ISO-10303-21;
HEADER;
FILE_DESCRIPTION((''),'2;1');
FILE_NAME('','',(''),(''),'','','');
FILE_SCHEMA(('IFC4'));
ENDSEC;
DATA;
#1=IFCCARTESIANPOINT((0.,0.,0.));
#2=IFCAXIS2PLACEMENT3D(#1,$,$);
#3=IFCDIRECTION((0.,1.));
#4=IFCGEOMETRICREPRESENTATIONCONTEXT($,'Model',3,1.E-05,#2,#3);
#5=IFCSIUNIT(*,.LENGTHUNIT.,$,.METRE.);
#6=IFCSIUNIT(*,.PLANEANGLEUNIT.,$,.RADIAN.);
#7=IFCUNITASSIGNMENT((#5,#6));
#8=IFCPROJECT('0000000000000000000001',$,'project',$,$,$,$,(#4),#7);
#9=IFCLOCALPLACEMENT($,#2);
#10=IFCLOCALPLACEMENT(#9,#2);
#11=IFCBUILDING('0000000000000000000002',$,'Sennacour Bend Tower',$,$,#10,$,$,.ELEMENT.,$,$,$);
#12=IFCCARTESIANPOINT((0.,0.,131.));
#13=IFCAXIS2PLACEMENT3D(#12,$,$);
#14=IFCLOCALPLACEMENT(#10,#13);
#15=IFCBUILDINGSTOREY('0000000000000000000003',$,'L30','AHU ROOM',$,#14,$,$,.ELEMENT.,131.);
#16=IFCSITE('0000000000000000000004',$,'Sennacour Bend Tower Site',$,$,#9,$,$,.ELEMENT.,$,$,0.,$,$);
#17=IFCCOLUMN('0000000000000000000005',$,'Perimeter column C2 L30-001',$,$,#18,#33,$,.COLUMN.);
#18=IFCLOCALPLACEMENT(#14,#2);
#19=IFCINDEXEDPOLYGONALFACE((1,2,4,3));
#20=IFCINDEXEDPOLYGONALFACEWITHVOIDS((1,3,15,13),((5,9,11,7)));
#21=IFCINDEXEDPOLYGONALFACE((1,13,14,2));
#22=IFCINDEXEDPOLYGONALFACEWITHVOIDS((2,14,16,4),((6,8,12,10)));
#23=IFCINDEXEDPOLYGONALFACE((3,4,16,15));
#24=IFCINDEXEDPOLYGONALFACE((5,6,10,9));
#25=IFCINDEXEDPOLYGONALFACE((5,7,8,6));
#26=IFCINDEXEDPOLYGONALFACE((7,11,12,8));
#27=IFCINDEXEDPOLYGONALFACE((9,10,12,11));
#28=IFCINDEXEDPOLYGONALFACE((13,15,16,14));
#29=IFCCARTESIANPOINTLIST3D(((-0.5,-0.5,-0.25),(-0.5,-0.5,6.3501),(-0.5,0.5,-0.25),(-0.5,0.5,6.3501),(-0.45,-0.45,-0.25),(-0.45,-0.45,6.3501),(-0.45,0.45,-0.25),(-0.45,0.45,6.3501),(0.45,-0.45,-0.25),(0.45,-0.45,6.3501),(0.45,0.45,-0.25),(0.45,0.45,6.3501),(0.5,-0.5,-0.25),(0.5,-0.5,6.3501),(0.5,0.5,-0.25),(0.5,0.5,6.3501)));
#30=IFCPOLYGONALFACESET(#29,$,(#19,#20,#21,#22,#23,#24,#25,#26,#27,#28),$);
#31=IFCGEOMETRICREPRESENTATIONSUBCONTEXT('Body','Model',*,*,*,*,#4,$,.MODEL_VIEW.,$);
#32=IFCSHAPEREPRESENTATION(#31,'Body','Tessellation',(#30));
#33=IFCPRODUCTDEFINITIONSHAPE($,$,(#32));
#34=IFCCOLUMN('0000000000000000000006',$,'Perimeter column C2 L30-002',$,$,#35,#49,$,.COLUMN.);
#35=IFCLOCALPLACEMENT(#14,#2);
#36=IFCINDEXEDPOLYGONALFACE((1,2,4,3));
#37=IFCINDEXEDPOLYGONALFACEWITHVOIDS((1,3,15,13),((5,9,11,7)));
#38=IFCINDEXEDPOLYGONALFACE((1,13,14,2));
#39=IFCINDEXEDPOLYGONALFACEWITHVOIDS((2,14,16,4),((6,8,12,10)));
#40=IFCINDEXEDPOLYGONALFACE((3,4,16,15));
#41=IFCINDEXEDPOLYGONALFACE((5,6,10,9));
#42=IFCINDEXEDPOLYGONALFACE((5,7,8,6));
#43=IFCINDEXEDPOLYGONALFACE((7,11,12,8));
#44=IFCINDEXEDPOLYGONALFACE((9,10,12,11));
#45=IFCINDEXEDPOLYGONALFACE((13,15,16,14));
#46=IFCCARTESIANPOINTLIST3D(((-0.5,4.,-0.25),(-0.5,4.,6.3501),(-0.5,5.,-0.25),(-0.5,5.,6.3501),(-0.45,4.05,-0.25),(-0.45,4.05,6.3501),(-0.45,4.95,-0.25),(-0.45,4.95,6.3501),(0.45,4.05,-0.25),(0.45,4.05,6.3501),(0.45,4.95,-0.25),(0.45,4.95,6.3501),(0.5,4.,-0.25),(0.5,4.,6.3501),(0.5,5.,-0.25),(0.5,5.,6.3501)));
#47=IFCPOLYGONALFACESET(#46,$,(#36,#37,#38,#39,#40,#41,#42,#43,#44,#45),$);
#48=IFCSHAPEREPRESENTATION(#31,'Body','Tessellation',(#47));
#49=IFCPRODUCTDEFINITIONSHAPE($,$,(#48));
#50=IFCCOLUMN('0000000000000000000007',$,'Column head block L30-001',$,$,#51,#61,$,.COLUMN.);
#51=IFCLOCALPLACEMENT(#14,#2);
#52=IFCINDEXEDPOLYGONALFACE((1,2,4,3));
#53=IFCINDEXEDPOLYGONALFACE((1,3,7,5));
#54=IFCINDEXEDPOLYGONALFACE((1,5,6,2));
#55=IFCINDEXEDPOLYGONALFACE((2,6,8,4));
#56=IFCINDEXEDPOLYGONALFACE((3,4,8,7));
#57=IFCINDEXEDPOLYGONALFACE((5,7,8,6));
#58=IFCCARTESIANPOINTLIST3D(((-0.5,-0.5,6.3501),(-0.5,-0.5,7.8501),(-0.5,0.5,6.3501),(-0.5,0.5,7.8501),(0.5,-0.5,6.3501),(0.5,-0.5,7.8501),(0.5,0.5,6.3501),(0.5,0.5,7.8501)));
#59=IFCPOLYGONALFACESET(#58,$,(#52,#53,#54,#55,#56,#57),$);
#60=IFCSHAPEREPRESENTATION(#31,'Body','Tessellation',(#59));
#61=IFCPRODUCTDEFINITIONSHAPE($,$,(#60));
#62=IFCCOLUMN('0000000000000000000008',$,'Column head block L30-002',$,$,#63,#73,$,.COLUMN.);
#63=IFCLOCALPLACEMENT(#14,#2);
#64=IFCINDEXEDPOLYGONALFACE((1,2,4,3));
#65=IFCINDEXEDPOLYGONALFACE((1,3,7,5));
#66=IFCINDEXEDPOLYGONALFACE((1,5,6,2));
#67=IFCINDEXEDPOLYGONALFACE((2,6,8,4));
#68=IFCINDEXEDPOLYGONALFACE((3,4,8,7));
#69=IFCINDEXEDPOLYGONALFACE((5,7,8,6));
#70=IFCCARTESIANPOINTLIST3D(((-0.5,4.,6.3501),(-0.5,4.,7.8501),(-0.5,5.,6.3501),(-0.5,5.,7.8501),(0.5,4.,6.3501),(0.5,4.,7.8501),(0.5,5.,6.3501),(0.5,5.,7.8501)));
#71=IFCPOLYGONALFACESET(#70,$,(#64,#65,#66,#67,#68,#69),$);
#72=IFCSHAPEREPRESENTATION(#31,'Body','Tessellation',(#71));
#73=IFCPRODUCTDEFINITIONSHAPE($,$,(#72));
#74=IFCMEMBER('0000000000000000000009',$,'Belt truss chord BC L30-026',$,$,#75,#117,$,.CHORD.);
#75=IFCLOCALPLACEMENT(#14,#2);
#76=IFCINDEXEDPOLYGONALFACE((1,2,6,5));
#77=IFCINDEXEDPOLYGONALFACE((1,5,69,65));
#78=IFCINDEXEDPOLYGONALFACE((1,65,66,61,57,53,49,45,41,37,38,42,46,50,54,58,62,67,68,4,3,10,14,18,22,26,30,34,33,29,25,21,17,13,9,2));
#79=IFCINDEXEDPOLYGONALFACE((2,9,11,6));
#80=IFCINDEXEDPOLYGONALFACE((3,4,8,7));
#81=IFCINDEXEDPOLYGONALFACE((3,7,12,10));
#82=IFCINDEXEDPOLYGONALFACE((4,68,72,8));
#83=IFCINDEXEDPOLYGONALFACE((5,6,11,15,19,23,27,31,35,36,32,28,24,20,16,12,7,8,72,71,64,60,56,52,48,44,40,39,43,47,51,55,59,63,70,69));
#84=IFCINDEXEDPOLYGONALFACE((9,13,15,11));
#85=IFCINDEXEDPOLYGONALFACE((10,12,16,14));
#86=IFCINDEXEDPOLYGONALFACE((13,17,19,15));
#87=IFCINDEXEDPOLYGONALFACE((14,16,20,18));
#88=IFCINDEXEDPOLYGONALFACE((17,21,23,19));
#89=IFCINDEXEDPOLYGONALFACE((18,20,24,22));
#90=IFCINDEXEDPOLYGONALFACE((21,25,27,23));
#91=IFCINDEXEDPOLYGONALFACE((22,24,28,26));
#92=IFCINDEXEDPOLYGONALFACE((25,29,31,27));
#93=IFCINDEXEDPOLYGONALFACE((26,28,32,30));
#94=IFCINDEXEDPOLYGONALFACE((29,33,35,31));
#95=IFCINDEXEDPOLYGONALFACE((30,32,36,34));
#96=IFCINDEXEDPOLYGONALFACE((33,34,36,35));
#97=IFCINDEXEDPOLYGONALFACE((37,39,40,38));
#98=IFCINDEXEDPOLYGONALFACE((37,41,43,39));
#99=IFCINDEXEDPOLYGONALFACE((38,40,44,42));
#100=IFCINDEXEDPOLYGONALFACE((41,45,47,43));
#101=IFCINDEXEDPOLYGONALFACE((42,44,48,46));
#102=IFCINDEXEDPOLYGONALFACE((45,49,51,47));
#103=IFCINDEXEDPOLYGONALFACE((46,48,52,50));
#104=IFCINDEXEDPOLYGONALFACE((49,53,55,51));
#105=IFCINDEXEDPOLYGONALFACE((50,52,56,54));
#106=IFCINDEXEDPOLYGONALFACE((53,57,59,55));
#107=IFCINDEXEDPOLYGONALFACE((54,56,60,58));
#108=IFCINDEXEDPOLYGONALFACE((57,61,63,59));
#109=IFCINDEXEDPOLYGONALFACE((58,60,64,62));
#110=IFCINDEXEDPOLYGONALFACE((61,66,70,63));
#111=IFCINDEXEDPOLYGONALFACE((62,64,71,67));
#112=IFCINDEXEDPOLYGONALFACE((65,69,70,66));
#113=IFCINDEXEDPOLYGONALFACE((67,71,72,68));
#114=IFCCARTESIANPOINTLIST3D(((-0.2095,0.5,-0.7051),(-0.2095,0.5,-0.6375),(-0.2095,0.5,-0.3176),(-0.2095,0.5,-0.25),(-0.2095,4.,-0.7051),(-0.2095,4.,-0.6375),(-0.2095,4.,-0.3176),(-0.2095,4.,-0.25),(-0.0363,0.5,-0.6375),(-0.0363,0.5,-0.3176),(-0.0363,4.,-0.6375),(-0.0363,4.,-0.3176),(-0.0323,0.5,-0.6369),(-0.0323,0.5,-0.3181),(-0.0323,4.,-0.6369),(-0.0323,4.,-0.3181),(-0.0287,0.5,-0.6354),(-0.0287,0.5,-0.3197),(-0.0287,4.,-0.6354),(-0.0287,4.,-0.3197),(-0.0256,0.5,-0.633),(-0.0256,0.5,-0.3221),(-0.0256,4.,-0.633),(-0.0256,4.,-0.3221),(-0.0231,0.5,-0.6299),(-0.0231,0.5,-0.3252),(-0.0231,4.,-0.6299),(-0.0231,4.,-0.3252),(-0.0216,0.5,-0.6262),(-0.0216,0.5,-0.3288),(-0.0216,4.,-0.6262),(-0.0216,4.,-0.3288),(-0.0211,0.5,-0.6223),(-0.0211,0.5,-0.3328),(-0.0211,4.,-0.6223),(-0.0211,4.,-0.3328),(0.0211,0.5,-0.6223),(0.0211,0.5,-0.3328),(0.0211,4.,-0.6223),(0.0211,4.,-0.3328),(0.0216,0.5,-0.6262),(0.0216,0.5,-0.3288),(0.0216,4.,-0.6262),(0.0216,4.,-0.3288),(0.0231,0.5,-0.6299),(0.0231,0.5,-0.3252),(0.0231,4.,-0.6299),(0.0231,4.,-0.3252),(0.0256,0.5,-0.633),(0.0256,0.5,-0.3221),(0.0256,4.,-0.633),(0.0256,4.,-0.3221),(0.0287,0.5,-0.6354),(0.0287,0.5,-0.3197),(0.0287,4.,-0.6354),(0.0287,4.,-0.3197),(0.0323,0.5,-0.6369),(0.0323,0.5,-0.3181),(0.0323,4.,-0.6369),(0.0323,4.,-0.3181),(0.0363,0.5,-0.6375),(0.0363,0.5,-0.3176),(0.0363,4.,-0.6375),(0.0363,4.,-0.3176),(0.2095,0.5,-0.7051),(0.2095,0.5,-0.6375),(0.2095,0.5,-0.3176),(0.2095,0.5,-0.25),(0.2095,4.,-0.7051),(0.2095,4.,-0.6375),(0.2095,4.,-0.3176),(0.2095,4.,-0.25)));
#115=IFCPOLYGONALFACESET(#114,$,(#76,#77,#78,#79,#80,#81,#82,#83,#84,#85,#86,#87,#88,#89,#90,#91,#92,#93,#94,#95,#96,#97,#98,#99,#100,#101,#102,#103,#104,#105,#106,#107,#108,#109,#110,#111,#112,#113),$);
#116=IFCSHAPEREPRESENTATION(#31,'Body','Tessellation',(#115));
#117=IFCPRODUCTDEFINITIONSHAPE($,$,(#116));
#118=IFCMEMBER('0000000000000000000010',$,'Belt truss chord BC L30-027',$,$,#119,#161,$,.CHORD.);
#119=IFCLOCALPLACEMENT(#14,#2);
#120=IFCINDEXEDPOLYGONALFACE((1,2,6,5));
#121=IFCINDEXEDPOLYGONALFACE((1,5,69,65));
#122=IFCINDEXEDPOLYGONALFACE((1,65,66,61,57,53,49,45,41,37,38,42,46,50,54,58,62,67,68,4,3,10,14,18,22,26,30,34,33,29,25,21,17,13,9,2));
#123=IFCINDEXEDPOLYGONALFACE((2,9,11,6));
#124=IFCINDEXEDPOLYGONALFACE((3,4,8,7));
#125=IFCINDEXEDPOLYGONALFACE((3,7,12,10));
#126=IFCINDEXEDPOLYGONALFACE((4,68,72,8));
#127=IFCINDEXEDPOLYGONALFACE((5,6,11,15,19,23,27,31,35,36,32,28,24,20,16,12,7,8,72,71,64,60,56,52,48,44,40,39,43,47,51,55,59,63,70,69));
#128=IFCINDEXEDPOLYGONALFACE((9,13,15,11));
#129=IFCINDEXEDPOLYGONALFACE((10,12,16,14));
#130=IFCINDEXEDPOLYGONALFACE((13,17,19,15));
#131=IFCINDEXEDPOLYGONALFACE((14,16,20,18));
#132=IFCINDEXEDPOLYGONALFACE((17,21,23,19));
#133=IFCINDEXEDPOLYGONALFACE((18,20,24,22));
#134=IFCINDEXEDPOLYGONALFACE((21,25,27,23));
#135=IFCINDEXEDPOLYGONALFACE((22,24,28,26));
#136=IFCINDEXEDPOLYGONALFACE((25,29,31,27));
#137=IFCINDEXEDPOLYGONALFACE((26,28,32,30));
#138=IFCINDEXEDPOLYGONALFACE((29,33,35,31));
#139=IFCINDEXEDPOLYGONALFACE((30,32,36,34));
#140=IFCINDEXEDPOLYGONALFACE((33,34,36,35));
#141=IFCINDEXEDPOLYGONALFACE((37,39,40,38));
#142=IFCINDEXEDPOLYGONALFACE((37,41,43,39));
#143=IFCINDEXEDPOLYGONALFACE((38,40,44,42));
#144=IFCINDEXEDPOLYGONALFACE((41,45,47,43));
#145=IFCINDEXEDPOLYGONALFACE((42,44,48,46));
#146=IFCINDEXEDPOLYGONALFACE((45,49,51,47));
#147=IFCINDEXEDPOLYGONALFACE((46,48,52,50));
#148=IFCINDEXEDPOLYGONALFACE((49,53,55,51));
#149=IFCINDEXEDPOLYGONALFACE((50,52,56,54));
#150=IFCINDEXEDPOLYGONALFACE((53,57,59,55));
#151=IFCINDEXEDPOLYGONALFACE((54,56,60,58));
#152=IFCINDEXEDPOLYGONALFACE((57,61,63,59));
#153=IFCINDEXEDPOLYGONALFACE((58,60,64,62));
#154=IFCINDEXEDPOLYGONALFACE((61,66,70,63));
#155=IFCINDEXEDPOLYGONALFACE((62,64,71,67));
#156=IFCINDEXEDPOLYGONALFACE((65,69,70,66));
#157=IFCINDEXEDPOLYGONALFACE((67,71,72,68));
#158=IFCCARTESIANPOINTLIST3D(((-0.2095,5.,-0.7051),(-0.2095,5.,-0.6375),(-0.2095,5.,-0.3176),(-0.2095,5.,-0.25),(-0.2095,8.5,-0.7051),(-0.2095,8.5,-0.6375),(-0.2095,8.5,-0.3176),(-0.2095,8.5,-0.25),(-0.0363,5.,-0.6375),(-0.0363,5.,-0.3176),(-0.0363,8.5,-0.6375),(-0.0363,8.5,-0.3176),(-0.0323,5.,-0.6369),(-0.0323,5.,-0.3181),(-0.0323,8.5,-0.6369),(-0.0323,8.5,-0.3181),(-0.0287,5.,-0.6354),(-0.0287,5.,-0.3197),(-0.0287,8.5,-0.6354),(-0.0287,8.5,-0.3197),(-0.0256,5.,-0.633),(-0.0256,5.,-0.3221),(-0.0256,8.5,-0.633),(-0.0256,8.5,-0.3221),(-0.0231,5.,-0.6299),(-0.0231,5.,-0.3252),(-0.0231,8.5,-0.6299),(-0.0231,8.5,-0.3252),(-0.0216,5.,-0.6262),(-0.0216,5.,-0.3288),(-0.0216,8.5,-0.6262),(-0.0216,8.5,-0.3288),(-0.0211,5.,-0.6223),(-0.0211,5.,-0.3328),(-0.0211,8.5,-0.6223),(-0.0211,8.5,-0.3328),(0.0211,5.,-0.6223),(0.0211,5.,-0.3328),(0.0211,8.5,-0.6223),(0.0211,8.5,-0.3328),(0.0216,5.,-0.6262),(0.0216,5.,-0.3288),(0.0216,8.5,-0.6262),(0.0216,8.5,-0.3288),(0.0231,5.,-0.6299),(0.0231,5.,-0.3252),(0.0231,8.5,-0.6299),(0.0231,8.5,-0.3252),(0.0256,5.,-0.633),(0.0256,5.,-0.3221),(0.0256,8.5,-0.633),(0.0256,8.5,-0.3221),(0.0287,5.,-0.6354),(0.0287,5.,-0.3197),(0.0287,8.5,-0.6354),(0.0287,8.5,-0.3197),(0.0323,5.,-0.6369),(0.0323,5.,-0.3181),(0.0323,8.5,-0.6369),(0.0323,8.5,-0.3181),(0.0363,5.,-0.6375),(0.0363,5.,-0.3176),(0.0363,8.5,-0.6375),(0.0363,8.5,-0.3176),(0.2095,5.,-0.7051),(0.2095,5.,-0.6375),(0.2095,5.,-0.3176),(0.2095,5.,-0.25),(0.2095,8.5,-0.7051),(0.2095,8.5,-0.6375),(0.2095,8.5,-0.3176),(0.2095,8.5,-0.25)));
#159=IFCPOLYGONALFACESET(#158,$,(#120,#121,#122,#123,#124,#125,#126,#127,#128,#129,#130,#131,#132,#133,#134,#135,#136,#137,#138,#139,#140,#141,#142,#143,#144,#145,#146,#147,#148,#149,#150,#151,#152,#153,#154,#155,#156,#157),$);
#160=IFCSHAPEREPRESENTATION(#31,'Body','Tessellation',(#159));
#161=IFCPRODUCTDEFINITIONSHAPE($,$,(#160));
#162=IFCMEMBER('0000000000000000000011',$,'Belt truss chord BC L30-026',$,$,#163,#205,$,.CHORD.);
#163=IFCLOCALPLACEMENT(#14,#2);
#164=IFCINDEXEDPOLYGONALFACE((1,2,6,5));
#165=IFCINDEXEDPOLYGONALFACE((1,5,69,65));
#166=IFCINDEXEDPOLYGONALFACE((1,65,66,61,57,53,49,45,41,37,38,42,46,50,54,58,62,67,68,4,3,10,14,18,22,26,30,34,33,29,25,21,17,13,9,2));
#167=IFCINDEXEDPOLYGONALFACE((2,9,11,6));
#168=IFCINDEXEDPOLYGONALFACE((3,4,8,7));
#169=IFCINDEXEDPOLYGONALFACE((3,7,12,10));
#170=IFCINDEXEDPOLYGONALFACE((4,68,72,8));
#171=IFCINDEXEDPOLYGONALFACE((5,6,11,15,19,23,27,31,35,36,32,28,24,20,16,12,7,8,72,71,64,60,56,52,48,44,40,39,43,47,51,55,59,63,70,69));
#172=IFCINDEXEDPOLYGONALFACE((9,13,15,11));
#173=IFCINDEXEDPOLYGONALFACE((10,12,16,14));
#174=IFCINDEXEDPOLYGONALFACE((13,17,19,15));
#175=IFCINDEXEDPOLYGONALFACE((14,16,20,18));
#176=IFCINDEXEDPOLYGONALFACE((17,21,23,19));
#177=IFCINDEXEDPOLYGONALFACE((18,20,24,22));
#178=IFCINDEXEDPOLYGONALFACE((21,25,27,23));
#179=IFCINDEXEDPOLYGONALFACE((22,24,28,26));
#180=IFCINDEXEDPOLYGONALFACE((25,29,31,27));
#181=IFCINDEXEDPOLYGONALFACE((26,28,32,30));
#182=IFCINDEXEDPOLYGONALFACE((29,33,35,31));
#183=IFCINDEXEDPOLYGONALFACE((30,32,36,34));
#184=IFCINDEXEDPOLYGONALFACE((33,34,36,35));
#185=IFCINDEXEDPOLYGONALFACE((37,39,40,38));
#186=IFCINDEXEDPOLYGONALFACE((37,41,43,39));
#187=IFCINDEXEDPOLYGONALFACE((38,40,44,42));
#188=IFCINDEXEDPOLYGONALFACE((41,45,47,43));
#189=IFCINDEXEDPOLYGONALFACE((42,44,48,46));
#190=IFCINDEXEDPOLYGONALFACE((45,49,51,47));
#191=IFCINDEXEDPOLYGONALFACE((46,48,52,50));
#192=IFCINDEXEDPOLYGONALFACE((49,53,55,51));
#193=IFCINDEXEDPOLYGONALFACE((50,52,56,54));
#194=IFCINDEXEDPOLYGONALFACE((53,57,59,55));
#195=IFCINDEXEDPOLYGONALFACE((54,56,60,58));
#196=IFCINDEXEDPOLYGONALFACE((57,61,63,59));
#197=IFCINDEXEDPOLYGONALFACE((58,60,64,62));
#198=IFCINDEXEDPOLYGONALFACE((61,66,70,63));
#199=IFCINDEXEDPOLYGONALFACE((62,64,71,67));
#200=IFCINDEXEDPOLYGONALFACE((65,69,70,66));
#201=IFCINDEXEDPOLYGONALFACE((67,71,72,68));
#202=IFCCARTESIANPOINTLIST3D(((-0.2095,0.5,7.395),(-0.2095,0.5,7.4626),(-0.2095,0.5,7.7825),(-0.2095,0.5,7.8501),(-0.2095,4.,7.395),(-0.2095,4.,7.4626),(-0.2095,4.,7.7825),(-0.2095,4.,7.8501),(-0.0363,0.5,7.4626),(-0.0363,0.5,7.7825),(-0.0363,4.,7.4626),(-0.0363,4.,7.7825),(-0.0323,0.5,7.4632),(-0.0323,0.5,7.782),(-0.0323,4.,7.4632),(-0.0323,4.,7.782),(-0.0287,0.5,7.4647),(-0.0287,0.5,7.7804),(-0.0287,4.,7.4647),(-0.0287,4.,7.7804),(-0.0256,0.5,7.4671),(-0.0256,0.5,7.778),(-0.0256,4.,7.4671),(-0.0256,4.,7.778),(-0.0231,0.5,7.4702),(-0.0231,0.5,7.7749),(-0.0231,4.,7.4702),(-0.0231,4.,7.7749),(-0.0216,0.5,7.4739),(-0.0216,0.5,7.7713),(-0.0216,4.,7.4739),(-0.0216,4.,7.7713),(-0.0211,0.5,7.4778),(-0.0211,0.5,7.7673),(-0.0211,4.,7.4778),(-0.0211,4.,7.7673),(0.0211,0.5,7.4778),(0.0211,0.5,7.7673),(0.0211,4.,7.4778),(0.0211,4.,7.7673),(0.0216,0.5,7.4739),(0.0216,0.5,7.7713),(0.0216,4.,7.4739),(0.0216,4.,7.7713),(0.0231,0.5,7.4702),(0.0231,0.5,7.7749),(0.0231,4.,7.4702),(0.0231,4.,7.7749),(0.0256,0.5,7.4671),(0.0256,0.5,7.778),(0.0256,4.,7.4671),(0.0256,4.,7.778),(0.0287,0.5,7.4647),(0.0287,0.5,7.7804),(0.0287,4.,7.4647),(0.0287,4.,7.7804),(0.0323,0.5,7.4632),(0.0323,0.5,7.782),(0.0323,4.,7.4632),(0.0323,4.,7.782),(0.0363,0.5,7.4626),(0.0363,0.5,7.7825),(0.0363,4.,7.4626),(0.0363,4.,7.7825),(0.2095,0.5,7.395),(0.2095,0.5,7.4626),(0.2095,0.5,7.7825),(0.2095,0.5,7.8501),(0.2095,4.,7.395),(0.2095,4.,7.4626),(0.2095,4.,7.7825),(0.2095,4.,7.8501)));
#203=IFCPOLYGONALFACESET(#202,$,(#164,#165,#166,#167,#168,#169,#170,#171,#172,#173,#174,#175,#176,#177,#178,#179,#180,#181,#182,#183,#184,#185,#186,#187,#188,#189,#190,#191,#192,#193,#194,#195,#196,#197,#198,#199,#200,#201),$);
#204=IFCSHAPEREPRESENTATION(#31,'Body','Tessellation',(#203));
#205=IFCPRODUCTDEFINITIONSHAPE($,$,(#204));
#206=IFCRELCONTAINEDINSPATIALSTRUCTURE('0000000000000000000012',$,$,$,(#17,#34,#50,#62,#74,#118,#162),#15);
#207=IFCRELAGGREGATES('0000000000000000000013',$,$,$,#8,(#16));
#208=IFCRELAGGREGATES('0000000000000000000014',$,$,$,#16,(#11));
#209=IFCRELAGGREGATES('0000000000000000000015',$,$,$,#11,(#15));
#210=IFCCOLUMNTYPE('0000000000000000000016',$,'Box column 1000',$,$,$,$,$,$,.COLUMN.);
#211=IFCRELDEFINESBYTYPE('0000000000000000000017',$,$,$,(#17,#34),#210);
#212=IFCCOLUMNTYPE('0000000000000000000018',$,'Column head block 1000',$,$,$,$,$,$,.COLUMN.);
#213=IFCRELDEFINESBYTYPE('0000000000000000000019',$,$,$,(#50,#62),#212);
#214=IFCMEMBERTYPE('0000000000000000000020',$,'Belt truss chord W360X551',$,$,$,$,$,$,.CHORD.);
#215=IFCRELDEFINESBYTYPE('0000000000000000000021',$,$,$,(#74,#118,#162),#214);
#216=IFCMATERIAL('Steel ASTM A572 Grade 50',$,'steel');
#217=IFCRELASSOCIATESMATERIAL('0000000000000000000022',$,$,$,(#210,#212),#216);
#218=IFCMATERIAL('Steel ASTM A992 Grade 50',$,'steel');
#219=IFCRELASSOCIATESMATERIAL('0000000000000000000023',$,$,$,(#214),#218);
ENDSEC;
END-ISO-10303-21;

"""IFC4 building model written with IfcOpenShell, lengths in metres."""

from ifc_helpers import new_model, si_unit, direction, frame, origin, origin_2d, place, context, subcontext, project, spatial, rectangle, hollow_rectangle, i_section, extrude, material, material_profile, profile_set, type_object, element, save


model = new_model("IFC4")

# Units and contexts
model_context = context("Model", 3, precision=1e-05, world=origin(), true_north=direction((0.0, 1.0)))
body_context = subcontext(model_context, "Body", "Model", "MODEL_VIEW")
ifc_project = project(units=[si_unit("LENGTHUNIT", "METRE"), si_unit("PLANEANGLEUNIT", "RADIAN")], contexts=[model_context])

# Site, building, storey
site_placement = place(None, origin())
site = spatial("IfcSite", under=ifc_project, at=site_placement, Name="Sennacour Bend Tower Site", CompositionType="ELEMENT", RefElevation=0.0)
building_placement = place(site_placement, origin())
building = spatial("IfcBuilding", under=site, at=building_placement, Name="Sennacour Bend Tower", CompositionType="ELEMENT")
storey_placement = place(building_placement, frame((0.0, 0.0, 131.0)))
storey = spatial("IfcBuildingStorey", under=building, at=storey_placement, Name="L30", Description="AHU ROOM", CompositionType="ELEMENT", Elevation=131.0)

# Columns
ifc_material_1 = material(Name="Steel ASTM A572 Grade 50", Category="steel")
ifc_material_profile_1 = material_profile(ifc_material_1, hollow_rectangle(XDim=1.0, YDim=1.0, WallThickness=0.05, at=origin_2d()), Name="Steel ASTM A572 Grade 50", Category="steel")
ifc_profile_set_1 = profile_set([ifc_material_profile_1], Name="Steel ASTM A572 Grade 50")
column_type_1 = type_object("IfcColumnType", Name="Box column 1000", PredefinedType="COLUMN", material=ifc_profile_set_1)
for number, where, z_axis, x_axis, name in (
    (1, (0.0, 0.0, -0.25), (0.0, 0.0, 1.0), (1.0, 0.0, 0.0), "Perimeter column C2 L30-001"),
    (2, (0.0, 4.5, -0.25), (0.0, 0.0, 1.0), (1.0, 0.0, 0.0), "Perimeter column C2 L30-002"),
):
    element("IfcColumn", number, at=place(storey_placement, frame(where, z_axis=z_axis, x_axis=x_axis)), inside=storey, type_object=column_type_1, Name=name, PredefinedType="COLUMN", context=body_context, shape_type="SweptSolid", body=[
        extrude(hollow_rectangle(XDim=1.0, YDim=1.0, WallThickness=0.05, at=origin_2d()), origin(), (0.0, 0.0, 1.0), 6.6001),
    ])
ifc_material_profile_2 = material_profile(ifc_material_1, rectangle(XDim=1.0, YDim=1.0, at=origin_2d()), Name="Steel ASTM A572 Grade 50", Category="steel")
ifc_profile_set_2 = profile_set([ifc_material_profile_2], Name="Steel ASTM A572 Grade 50")
column_type_2 = type_object("IfcColumnType", Name="Column head block 1000", PredefinedType="COLUMN", material=ifc_profile_set_2)
for number, where, z_axis, x_axis, name in (
    (3, (0.0, 0.0, 6.3501), (0.0, 0.0, 1.0), (1.0, 0.0, 0.0), "Column head block L30-001"),
    (4, (0.0, 4.5, 6.3501), (0.0, 0.0, 1.0), (1.0, 0.0, 0.0), "Column head block L30-002"),
):
    element("IfcColumn", number, at=place(storey_placement, frame(where, z_axis=z_axis, x_axis=x_axis)), inside=storey, type_object=column_type_2, Name=name, PredefinedType="COLUMN", context=body_context, shape_type="SweptSolid", body=[
        extrude(rectangle(XDim=1.0, YDim=1.0, at=origin_2d()), origin(), (0.0, 0.0, 1.0), 1.5),
    ])

# Members
ifc_material_2 = material(Name="Steel ASTM A992 Grade 50", Category="steel")
ifc_material_profile_3 = material_profile(ifc_material_2, i_section(OverallWidth=0.4189, OverallDepth=0.4551, WebThickness=0.0422, FlangeThickness=0.0676, FilletRadius=0.0151, at=origin_2d()), Name="Steel ASTM A992 Grade 50", Category="steel")
ifc_profile_set_3 = profile_set([ifc_material_profile_3], Name="Steel ASTM A992 Grade 50")
member_type_1 = type_object("IfcMemberType", Name="Belt truss chord W360X551", PredefinedType="CHORD", material=ifc_profile_set_3)
for number, where, z_axis, x_axis, name in (
    (5, (0.0, 0.5, -0.4775), (0.0, 1.0, 0.0), (-1.0, 0.0, 0.0), "Belt truss chord BC L30-026"),
    (6, (0.0, 5.0, -0.4775), (0.0, 1.0, 0.0), (-1.0, 0.0, 0.0), "Belt truss chord BC L30-027"),
    (7, (0.0, 0.5, 7.6226), (0.0, 1.0, 0.0), (-1.0, 0.0, 0.0), "Belt truss chord BC L30-026"),
):
    element("IfcMember", number, at=place(storey_placement, frame(where, z_axis=z_axis, x_axis=x_axis)), inside=storey, type_object=member_type_1, Name=name, PredefinedType="CHORD", context=body_context, shape_type="SweptSolid", body=[
        extrude(i_section(OverallWidth=0.4189, OverallDepth=0.4551, WebThickness=0.0422, FlangeThickness=0.0676, FilletRadius=0.0151, at=origin_2d()), origin(), (0.0, 0.0, 1.0), 3.5),
    ])

save(model, "model.ifc")
